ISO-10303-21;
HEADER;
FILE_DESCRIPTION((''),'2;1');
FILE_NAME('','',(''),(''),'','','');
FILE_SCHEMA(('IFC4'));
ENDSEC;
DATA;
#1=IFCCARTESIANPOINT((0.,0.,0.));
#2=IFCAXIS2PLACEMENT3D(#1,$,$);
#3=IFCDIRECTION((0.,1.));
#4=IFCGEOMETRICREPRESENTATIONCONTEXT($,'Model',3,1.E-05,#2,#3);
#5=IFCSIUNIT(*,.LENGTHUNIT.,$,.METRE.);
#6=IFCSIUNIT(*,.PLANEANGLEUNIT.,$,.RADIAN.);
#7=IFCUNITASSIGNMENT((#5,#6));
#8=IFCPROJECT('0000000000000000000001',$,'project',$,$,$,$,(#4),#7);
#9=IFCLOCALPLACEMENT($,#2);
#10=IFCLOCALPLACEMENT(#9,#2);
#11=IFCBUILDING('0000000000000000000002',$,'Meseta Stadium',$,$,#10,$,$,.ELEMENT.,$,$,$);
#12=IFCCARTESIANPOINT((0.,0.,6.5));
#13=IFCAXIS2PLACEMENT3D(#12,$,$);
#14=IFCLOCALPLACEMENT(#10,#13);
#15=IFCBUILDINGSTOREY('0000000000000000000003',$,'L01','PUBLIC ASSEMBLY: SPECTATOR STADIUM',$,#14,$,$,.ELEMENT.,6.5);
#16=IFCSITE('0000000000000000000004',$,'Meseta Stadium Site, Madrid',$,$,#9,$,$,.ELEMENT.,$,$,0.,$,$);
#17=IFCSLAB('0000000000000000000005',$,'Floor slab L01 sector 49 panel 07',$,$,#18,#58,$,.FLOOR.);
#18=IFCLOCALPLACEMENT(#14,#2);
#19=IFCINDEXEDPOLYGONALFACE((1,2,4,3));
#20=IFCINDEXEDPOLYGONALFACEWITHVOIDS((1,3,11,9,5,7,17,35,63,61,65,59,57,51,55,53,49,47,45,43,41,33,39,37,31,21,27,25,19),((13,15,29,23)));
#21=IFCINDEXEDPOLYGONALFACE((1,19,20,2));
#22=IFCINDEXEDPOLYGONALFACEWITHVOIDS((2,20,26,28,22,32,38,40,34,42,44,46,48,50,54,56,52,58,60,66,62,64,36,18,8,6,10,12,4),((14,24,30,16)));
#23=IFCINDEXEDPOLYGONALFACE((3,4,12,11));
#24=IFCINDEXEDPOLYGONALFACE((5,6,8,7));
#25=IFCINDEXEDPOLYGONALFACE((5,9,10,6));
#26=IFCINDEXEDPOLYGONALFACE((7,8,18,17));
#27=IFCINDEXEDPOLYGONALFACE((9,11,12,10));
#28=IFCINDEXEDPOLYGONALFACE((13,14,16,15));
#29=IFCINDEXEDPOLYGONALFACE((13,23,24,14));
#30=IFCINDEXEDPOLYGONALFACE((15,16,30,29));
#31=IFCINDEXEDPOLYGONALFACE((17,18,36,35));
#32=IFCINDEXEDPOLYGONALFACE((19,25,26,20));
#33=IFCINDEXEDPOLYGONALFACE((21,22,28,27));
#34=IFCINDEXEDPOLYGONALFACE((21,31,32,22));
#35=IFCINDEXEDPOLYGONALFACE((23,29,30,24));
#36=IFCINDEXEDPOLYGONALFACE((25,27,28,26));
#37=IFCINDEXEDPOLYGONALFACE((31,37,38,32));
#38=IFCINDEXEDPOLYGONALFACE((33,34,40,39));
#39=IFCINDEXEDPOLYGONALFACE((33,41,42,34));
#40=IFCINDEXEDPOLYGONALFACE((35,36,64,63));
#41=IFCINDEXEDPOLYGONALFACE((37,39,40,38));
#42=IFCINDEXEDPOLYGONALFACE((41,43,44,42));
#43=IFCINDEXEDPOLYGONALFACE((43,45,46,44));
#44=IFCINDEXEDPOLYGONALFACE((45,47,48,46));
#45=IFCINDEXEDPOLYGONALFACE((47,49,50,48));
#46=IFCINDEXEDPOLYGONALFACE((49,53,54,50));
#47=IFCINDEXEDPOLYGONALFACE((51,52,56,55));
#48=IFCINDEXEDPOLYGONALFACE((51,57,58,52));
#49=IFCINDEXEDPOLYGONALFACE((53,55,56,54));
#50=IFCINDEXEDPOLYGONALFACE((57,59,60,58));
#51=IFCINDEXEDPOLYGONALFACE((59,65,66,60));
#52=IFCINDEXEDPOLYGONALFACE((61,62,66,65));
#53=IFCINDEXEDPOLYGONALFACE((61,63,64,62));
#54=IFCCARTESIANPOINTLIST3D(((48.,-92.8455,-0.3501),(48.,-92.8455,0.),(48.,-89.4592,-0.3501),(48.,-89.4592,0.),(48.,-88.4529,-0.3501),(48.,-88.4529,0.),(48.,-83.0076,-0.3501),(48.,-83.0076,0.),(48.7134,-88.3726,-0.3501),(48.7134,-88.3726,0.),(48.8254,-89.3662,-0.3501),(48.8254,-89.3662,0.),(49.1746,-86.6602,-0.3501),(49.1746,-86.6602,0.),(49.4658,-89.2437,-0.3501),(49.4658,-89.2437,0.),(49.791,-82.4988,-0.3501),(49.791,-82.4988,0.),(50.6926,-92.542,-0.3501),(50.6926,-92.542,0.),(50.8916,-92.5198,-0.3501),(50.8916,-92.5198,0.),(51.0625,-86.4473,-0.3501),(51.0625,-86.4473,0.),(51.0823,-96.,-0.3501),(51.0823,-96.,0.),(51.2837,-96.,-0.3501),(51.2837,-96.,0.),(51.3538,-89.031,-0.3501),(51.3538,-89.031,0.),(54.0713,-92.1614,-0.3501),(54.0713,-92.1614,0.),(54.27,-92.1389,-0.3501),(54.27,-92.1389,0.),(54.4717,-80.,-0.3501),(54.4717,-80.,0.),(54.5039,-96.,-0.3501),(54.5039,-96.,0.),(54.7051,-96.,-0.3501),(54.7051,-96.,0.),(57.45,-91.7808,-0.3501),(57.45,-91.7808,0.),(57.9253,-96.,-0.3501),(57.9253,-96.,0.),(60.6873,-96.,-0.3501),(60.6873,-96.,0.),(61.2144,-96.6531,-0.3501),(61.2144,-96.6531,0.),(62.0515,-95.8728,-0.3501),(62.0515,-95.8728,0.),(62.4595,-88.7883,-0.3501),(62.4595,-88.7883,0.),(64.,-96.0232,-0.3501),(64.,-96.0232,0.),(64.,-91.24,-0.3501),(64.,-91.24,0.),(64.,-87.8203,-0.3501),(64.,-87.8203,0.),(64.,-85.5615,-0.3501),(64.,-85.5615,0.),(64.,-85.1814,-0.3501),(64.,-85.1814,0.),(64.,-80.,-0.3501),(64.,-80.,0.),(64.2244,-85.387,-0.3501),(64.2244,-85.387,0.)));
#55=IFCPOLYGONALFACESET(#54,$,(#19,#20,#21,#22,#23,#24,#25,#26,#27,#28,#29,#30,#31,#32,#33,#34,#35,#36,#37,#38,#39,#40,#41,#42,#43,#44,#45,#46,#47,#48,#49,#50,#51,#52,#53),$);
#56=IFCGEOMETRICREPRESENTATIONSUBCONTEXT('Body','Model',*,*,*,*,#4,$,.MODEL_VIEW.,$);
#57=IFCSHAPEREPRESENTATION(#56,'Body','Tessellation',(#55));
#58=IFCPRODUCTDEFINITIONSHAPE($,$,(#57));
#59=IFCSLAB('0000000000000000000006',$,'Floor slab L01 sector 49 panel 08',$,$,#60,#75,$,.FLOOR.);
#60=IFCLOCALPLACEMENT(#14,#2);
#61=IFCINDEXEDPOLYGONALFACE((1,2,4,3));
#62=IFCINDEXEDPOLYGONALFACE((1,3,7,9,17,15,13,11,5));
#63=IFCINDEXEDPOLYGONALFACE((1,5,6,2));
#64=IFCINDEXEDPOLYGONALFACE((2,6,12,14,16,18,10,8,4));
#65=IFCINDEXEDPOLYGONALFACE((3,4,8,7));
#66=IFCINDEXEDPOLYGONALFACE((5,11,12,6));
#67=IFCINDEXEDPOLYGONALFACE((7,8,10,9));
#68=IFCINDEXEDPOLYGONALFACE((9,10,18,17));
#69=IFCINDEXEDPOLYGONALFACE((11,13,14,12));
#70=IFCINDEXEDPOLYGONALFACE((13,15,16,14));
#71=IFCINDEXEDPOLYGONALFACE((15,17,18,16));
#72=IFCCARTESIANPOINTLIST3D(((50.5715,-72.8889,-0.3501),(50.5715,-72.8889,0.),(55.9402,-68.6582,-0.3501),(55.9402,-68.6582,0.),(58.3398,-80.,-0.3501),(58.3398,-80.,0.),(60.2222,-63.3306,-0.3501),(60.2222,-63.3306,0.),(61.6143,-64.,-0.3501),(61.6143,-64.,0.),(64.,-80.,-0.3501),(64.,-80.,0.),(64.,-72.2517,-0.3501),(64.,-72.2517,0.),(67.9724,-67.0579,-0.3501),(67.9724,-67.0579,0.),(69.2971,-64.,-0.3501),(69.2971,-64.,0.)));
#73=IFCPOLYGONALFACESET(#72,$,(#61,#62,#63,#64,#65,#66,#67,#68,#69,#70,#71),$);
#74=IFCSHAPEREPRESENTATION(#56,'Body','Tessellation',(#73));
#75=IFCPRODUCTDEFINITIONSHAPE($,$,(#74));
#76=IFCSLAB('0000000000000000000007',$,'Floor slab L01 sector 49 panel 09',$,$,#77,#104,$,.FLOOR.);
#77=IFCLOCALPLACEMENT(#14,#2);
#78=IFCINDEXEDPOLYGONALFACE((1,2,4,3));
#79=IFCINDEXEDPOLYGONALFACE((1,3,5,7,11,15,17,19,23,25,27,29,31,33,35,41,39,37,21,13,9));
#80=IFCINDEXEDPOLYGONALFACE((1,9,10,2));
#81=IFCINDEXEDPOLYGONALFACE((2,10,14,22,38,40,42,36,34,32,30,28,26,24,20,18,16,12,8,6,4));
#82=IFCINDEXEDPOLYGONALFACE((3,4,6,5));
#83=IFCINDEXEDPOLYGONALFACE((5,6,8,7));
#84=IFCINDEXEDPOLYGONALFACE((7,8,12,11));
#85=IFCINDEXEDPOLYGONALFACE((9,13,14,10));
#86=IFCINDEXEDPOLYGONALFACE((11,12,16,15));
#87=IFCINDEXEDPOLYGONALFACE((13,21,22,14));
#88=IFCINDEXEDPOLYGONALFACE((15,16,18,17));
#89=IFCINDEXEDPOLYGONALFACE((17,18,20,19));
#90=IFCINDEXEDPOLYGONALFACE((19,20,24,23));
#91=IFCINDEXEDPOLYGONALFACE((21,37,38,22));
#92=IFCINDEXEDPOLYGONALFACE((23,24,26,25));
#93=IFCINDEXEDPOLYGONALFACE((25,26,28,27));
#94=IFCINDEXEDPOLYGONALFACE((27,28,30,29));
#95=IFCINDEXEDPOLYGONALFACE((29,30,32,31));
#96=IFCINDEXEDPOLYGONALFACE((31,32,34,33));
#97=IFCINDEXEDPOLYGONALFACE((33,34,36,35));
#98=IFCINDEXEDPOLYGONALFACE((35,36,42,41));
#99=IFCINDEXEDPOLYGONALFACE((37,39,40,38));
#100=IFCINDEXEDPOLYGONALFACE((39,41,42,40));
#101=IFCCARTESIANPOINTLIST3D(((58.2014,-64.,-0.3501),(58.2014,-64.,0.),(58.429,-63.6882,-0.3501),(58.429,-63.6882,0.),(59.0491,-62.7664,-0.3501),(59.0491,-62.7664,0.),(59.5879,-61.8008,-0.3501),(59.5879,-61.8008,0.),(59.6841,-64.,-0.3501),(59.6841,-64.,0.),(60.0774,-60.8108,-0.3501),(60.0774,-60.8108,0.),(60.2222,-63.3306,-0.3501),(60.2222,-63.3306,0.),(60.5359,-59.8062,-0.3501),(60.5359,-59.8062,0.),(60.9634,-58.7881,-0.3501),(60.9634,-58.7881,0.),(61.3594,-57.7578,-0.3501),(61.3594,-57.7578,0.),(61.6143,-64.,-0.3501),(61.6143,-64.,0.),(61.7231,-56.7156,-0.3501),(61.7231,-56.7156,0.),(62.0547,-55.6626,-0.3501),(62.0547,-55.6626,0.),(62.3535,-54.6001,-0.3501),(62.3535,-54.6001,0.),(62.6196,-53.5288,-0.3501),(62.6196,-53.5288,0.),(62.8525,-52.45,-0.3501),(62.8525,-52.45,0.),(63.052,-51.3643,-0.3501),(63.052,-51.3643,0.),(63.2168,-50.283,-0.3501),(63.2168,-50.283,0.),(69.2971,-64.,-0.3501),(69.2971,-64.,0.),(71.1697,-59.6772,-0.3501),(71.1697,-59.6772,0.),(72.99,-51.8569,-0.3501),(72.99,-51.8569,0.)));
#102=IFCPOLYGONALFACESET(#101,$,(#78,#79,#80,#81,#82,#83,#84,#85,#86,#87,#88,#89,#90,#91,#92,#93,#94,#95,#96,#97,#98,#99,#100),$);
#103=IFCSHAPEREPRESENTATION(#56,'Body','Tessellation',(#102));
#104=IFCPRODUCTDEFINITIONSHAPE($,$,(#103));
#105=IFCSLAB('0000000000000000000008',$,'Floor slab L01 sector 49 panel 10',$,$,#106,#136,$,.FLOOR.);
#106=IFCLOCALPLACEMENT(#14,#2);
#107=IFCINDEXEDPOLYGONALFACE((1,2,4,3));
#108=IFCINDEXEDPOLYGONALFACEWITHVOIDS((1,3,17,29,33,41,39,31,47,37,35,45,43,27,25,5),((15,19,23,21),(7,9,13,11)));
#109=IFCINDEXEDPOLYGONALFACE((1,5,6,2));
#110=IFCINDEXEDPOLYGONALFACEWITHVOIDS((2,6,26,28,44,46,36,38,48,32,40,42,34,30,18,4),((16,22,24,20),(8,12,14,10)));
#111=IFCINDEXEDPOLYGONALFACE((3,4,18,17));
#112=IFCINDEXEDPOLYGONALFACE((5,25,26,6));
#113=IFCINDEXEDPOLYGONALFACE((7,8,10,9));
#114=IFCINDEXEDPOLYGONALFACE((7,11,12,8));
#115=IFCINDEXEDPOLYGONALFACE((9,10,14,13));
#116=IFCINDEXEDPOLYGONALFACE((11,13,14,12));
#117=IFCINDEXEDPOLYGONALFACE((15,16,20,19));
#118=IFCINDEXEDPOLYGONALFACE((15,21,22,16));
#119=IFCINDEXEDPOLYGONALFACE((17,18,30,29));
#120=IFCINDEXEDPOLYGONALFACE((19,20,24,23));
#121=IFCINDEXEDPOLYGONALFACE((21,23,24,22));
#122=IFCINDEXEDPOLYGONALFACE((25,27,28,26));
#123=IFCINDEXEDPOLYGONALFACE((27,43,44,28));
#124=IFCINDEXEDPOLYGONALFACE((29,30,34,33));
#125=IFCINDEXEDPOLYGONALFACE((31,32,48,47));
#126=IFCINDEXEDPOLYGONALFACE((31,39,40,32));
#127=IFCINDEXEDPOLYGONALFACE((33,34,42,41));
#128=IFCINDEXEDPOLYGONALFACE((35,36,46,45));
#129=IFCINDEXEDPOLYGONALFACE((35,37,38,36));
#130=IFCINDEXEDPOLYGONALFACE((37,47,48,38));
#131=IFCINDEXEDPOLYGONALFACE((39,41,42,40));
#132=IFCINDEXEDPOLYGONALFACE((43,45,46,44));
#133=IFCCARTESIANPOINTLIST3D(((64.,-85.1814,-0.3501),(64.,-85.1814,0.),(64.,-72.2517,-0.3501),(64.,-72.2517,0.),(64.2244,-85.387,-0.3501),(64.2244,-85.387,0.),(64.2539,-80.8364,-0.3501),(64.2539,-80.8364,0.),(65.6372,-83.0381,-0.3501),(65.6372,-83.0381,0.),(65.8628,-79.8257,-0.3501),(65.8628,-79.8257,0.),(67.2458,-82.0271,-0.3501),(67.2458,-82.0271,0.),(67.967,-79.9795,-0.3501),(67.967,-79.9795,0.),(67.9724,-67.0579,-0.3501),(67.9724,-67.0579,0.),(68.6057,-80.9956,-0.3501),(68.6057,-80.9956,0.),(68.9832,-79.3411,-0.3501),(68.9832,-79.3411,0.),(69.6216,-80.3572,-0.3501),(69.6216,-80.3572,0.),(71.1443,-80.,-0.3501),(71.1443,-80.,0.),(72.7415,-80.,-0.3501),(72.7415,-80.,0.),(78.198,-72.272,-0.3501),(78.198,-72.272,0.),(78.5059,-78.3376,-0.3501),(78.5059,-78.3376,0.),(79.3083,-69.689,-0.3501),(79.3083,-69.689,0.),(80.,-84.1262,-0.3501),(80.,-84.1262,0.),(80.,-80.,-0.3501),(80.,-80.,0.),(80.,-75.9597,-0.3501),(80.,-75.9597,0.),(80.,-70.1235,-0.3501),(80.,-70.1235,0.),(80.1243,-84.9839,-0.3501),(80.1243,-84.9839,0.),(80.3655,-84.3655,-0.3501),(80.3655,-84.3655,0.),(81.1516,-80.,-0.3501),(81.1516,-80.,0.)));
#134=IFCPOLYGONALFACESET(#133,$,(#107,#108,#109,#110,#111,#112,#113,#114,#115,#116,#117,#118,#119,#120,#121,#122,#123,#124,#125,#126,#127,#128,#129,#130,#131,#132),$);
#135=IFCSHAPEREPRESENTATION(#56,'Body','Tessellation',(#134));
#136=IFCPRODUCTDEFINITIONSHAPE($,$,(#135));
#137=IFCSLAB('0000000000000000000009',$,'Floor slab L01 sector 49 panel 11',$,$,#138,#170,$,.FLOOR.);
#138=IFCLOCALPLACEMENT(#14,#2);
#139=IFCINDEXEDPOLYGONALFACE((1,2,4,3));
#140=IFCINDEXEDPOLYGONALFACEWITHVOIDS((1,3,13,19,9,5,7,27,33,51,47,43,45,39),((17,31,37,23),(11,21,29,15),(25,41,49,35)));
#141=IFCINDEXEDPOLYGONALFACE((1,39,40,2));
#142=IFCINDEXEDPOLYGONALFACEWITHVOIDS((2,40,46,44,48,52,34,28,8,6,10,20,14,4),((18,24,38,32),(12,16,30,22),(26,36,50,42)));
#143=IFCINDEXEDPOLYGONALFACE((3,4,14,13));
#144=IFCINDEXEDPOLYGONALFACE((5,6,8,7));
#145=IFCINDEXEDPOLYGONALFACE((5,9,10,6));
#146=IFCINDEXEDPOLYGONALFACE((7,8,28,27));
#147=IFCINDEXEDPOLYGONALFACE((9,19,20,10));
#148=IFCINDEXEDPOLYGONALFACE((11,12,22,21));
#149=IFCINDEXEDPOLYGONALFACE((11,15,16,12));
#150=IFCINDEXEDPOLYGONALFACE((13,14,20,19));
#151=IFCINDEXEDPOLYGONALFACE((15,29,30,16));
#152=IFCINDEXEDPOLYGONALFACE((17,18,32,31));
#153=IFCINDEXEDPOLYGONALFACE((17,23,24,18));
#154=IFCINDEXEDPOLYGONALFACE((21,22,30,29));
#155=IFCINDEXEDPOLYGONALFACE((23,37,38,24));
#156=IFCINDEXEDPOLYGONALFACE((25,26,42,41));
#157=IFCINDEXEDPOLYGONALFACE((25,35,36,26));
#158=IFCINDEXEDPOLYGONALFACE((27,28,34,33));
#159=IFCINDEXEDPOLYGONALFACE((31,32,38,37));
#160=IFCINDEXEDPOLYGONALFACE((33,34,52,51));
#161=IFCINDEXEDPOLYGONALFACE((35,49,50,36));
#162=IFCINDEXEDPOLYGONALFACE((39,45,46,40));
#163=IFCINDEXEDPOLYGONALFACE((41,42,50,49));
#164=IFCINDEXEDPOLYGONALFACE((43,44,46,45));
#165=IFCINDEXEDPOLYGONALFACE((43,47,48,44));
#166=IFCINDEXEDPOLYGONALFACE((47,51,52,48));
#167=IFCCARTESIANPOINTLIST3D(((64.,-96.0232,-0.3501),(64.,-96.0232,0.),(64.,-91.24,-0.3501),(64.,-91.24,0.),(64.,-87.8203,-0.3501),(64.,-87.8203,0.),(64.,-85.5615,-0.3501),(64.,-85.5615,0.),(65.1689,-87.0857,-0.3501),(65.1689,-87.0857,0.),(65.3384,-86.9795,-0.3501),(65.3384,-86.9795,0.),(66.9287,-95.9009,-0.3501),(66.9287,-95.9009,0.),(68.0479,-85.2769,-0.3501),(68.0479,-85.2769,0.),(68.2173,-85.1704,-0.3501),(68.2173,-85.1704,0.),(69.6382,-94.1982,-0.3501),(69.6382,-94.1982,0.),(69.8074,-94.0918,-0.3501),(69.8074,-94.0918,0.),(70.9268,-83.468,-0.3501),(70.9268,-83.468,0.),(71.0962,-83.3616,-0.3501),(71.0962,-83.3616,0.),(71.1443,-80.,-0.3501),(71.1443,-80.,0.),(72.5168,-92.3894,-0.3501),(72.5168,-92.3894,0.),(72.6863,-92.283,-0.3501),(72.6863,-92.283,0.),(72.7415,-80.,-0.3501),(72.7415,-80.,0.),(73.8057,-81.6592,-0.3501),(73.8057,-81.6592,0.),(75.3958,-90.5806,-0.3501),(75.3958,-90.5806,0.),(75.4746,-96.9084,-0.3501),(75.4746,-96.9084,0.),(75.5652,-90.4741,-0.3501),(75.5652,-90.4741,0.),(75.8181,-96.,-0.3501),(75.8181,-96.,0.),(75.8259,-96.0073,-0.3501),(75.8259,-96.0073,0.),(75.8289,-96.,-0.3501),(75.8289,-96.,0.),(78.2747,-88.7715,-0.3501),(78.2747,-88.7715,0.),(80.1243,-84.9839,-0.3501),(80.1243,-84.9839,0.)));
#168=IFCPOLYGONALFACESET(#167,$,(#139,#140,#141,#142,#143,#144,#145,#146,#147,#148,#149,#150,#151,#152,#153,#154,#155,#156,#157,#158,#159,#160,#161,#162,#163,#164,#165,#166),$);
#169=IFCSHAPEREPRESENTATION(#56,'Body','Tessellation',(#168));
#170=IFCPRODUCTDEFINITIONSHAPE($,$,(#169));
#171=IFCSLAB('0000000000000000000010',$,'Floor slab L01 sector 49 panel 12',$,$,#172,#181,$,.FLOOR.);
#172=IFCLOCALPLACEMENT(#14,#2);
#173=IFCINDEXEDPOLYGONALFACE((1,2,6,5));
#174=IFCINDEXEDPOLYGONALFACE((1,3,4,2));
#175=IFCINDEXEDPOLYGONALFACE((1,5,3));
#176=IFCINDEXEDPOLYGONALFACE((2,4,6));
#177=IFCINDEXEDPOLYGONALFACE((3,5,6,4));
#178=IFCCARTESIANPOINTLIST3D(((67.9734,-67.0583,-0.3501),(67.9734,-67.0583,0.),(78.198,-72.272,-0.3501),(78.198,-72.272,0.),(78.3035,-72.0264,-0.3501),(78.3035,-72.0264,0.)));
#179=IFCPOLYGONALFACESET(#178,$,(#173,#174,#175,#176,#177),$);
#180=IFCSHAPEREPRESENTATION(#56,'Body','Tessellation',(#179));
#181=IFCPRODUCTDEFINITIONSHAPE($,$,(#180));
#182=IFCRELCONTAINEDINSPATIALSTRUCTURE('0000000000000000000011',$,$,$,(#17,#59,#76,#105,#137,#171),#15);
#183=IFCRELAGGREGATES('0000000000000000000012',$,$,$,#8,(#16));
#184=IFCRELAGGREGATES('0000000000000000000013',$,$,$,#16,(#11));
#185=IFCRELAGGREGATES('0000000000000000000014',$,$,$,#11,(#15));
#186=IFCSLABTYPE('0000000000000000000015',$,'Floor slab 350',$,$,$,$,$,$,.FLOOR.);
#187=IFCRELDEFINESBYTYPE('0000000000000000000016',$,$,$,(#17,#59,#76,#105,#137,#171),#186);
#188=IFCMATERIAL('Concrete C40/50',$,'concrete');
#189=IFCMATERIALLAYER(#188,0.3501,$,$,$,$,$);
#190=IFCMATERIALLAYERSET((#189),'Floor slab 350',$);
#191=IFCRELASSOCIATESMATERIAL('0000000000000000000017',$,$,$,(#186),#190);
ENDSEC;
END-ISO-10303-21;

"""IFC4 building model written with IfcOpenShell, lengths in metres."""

from ifc_helpers import new_model, si_unit, direction, frame, origin, place, context, subcontext, project, spatial, polyline, outline, extrude, material, layer, layer_set, type_object, element, save


model = new_model("IFC4")

# Units and contexts
model_context = context("Model", 3, precision=1e-05, world=origin(), true_north=direction((0.0, 1.0)))
body_context = subcontext(model_context, "Body", "Model", "MODEL_VIEW")
ifc_project = project(units=[si_unit("LENGTHUNIT", "METRE"), si_unit("PLANEANGLEUNIT", "RADIAN")], contexts=[model_context])

# Site, building, storey
site_placement = place(None, origin())
site = spatial("IfcSite", under=ifc_project, at=site_placement, Name="Meseta Stadium Site, Madrid", CompositionType="ELEMENT", RefElevation=0.0)
building_placement = place(site_placement, origin())
building = spatial("IfcBuilding", under=site, at=building_placement, Name="Meseta Stadium", CompositionType="ELEMENT")
storey_placement = place(building_placement, frame((0.0, 0.0, 6.5)))
storey = spatial("IfcBuildingStorey", under=building, at=storey_placement, Name="L01", Description="PUBLIC ASSEMBLY: SPECTATOR STADIUM", CompositionType="ELEMENT", Elevation=6.5)

# Slabs
ifc_material = material(Name="Concrete C40/50", Category="concrete")
ifc_layer = layer(ifc_material, 0.3501)
ifc_layer_set = layer_set([ifc_layer], Name="Floor slab 350")
slab_type = type_object("IfcSlabType", Name="Floor slab 350", PredefinedType="FLOOR", material=ifc_layer_set)
slab_1_placement = place(storey_placement, frame((0.0, 0.0, -0.3501)))
element("IfcSlab", 1, at=slab_1_placement, inside=storey, type_object=slab_type, Name="Floor slab L01 sector 49 panel 07", PredefinedType="FLOOR", context=body_context, shape_type="SweptSolid", body=[
    extrude(outline(polyline([(62.0515, -95.8728), (64.0, -96.0232), (64.0, -91.24), (62.4595, -88.7883), (64.0, -87.8203), (64.0, -85.5615), (64.2244, -85.387), (64.0, -85.1814), (64.0, -80.0), (54.4717, -80.0), (49.791, -82.4988), (48.0, -83.0076), (48.0, -88.4529), (48.7134, -88.3726), (48.8254, -89.3662), (48.0, -89.4592), (48.0, -92.8455), (50.6926, -92.542), (51.0823, -96.0), (51.2837, -96.0), (50.8916, -92.5198), (54.0713, -92.1614), (54.5039, -96.0), (54.7051, -96.0), (54.27, -92.1389), (57.45, -91.7808), (57.9253, -96.0), (60.6873, -96.0), (61.2144, -96.6531), (62.0515, -95.8728)]), holes=[polyline([(49.1746, -86.6602), (51.0625, -86.4473), (51.3538, -89.031), (49.4658, -89.2437), (49.1746, -86.6602)])]), origin(), (0.0, 0.0, 1.0), 0.3501),
])
slab_2_placement = place(storey_placement, frame((0.0, 0.0, -0.3501)))
element("IfcSlab", 2, at=slab_2_placement, inside=storey, type_object=slab_type, Name="Floor slab L01 sector 49 panel 08", PredefinedType="FLOOR", context=body_context, shape_type="SweptSolid", body=[
    extrude(outline(polyline([(50.5715, -72.8889), (58.3398, -80.0), (64.0, -80.0), (64.0, -72.2517), (67.9724, -67.0579), (69.2971, -64.0), (61.6143, -64.0), (60.2222, -63.3306), (55.9402, -68.6582), (50.5715, -72.8889)])), origin(), (0.0, 0.0, 1.0), 0.3501),
])
slab_3_placement = place(storey_placement, frame((0.0, 0.0, -0.3501)))
element("IfcSlab", 3, at=slab_3_placement, inside=storey, type_object=slab_type, Name="Floor slab L01 sector 49 panel 09", PredefinedType="FLOOR", context=body_context, shape_type="SweptSolid", body=[
    extrude(outline(polyline([(62.8525, -52.45), (62.6196, -53.5288), (62.3535, -54.6001), (62.0547, -55.6626), (61.7231, -56.7156), (61.3594, -57.7578), (60.9634, -58.7881), (60.5359, -59.8062), (60.0774, -60.8108), (59.5879, -61.8008), (59.0491, -62.7664), (58.429, -63.6882), (58.2014, -64.0), (59.6841, -64.0), (60.2222, -63.3306), (61.6143, -64.0), (69.2971, -64.0), (71.1697, -59.6772), (72.99, -51.8569), (63.2168, -50.283), (63.052, -51.3643), (62.8525, -52.45)])), origin(), (0.0, 0.0, 1.0), 0.3501),
])
slab_4_placement = place(storey_placement, frame((0.0, 0.0, -0.3501)))
element("IfcSlab", 4, at=slab_4_placement, inside=storey, type_object=slab_type, Name="Floor slab L01 sector 49 panel 10", PredefinedType="FLOOR", context=body_context, shape_type="SweptSolid", body=[
    extrude(outline(polyline([(78.5059, -78.3376), (80.0, -75.9597), (80.0, -70.1235), (79.3083, -69.689), (78.198, -72.272), (67.9724, -67.0579), (64.0, -72.2517), (64.0, -85.1814), (64.2244, -85.387), (71.1443, -80.0), (72.7415, -80.0), (80.1243, -84.9839), (80.3655, -84.3655), (80.0, -84.1262), (80.0, -80.0), (81.1516, -80.0), (78.5059, -78.3376)]), holes=[polyline([(67.967, -79.9795), (68.9832, -79.3411), (69.6216, -80.3572), (68.6057, -80.9956), (67.967, -79.9795)]), polyline([(65.8628, -79.8257), (67.2458, -82.0271), (65.6372, -83.0381), (64.2539, -80.8364), (65.8628, -79.8257)])]), origin(), (0.0, 0.0, 1.0), 0.3501),
])
slab_5_placement = place(storey_placement, frame((0.0, 0.0, -0.3501)))
element("IfcSlab", 5, at=slab_5_placement, inside=storey, type_object=slab_type, Name="Floor slab L01 sector 49 panel 11", PredefinedType="FLOOR", context=body_context, shape_type="SweptSolid", body=[
    extrude(outline(polyline([(64.0, -91.24), (64.0, -96.0232), (75.4746, -96.9084), (75.8259, -96.0073), (75.8181, -96.0), (75.8289, -96.0), (80.1243, -84.9839), (72.7415, -80.0), (71.1443, -80.0), (64.0, -85.5615), (64.0, -87.8203), (65.1689, -87.0857), (69.6382, -94.1982), (66.9287, -95.9009), (64.0, -91.24)]), holes=[polyline([(65.3384, -86.9795), (68.0479, -85.2769), (72.5168, -92.3894), (69.8074, -94.0918), (65.3384, -86.9795)]), polyline([(68.2173, -85.1704), (70.9268, -83.468), (75.3958, -90.5806), (72.6863, -92.283), (68.2173, -85.1704)]), polyline([(71.0962, -83.3616), (73.8057, -81.6592), (78.2747, -88.7715), (75.5652, -90.4741), (71.0962, -83.3616)])]), origin(), (0.0, 0.0, 1.0), 0.3501),
])
slab_6_placement = place(storey_placement, frame((0.0, 0.0, -0.3501)))
element("IfcSlab", 6, at=slab_6_placement, inside=storey, type_object=slab_type, Name="Floor slab L01 sector 49 panel 12", PredefinedType="FLOOR", context=body_context, shape_type="SweptSolid", body=[
    extrude(outline(polyline([(67.9734, -67.0583), (78.198, -72.272), (78.3035, -72.0264), (67.9734, -67.0583)])), origin(), (0.0, 0.0, 1.0), 0.3501),
])

save(model, "model.ifc")
